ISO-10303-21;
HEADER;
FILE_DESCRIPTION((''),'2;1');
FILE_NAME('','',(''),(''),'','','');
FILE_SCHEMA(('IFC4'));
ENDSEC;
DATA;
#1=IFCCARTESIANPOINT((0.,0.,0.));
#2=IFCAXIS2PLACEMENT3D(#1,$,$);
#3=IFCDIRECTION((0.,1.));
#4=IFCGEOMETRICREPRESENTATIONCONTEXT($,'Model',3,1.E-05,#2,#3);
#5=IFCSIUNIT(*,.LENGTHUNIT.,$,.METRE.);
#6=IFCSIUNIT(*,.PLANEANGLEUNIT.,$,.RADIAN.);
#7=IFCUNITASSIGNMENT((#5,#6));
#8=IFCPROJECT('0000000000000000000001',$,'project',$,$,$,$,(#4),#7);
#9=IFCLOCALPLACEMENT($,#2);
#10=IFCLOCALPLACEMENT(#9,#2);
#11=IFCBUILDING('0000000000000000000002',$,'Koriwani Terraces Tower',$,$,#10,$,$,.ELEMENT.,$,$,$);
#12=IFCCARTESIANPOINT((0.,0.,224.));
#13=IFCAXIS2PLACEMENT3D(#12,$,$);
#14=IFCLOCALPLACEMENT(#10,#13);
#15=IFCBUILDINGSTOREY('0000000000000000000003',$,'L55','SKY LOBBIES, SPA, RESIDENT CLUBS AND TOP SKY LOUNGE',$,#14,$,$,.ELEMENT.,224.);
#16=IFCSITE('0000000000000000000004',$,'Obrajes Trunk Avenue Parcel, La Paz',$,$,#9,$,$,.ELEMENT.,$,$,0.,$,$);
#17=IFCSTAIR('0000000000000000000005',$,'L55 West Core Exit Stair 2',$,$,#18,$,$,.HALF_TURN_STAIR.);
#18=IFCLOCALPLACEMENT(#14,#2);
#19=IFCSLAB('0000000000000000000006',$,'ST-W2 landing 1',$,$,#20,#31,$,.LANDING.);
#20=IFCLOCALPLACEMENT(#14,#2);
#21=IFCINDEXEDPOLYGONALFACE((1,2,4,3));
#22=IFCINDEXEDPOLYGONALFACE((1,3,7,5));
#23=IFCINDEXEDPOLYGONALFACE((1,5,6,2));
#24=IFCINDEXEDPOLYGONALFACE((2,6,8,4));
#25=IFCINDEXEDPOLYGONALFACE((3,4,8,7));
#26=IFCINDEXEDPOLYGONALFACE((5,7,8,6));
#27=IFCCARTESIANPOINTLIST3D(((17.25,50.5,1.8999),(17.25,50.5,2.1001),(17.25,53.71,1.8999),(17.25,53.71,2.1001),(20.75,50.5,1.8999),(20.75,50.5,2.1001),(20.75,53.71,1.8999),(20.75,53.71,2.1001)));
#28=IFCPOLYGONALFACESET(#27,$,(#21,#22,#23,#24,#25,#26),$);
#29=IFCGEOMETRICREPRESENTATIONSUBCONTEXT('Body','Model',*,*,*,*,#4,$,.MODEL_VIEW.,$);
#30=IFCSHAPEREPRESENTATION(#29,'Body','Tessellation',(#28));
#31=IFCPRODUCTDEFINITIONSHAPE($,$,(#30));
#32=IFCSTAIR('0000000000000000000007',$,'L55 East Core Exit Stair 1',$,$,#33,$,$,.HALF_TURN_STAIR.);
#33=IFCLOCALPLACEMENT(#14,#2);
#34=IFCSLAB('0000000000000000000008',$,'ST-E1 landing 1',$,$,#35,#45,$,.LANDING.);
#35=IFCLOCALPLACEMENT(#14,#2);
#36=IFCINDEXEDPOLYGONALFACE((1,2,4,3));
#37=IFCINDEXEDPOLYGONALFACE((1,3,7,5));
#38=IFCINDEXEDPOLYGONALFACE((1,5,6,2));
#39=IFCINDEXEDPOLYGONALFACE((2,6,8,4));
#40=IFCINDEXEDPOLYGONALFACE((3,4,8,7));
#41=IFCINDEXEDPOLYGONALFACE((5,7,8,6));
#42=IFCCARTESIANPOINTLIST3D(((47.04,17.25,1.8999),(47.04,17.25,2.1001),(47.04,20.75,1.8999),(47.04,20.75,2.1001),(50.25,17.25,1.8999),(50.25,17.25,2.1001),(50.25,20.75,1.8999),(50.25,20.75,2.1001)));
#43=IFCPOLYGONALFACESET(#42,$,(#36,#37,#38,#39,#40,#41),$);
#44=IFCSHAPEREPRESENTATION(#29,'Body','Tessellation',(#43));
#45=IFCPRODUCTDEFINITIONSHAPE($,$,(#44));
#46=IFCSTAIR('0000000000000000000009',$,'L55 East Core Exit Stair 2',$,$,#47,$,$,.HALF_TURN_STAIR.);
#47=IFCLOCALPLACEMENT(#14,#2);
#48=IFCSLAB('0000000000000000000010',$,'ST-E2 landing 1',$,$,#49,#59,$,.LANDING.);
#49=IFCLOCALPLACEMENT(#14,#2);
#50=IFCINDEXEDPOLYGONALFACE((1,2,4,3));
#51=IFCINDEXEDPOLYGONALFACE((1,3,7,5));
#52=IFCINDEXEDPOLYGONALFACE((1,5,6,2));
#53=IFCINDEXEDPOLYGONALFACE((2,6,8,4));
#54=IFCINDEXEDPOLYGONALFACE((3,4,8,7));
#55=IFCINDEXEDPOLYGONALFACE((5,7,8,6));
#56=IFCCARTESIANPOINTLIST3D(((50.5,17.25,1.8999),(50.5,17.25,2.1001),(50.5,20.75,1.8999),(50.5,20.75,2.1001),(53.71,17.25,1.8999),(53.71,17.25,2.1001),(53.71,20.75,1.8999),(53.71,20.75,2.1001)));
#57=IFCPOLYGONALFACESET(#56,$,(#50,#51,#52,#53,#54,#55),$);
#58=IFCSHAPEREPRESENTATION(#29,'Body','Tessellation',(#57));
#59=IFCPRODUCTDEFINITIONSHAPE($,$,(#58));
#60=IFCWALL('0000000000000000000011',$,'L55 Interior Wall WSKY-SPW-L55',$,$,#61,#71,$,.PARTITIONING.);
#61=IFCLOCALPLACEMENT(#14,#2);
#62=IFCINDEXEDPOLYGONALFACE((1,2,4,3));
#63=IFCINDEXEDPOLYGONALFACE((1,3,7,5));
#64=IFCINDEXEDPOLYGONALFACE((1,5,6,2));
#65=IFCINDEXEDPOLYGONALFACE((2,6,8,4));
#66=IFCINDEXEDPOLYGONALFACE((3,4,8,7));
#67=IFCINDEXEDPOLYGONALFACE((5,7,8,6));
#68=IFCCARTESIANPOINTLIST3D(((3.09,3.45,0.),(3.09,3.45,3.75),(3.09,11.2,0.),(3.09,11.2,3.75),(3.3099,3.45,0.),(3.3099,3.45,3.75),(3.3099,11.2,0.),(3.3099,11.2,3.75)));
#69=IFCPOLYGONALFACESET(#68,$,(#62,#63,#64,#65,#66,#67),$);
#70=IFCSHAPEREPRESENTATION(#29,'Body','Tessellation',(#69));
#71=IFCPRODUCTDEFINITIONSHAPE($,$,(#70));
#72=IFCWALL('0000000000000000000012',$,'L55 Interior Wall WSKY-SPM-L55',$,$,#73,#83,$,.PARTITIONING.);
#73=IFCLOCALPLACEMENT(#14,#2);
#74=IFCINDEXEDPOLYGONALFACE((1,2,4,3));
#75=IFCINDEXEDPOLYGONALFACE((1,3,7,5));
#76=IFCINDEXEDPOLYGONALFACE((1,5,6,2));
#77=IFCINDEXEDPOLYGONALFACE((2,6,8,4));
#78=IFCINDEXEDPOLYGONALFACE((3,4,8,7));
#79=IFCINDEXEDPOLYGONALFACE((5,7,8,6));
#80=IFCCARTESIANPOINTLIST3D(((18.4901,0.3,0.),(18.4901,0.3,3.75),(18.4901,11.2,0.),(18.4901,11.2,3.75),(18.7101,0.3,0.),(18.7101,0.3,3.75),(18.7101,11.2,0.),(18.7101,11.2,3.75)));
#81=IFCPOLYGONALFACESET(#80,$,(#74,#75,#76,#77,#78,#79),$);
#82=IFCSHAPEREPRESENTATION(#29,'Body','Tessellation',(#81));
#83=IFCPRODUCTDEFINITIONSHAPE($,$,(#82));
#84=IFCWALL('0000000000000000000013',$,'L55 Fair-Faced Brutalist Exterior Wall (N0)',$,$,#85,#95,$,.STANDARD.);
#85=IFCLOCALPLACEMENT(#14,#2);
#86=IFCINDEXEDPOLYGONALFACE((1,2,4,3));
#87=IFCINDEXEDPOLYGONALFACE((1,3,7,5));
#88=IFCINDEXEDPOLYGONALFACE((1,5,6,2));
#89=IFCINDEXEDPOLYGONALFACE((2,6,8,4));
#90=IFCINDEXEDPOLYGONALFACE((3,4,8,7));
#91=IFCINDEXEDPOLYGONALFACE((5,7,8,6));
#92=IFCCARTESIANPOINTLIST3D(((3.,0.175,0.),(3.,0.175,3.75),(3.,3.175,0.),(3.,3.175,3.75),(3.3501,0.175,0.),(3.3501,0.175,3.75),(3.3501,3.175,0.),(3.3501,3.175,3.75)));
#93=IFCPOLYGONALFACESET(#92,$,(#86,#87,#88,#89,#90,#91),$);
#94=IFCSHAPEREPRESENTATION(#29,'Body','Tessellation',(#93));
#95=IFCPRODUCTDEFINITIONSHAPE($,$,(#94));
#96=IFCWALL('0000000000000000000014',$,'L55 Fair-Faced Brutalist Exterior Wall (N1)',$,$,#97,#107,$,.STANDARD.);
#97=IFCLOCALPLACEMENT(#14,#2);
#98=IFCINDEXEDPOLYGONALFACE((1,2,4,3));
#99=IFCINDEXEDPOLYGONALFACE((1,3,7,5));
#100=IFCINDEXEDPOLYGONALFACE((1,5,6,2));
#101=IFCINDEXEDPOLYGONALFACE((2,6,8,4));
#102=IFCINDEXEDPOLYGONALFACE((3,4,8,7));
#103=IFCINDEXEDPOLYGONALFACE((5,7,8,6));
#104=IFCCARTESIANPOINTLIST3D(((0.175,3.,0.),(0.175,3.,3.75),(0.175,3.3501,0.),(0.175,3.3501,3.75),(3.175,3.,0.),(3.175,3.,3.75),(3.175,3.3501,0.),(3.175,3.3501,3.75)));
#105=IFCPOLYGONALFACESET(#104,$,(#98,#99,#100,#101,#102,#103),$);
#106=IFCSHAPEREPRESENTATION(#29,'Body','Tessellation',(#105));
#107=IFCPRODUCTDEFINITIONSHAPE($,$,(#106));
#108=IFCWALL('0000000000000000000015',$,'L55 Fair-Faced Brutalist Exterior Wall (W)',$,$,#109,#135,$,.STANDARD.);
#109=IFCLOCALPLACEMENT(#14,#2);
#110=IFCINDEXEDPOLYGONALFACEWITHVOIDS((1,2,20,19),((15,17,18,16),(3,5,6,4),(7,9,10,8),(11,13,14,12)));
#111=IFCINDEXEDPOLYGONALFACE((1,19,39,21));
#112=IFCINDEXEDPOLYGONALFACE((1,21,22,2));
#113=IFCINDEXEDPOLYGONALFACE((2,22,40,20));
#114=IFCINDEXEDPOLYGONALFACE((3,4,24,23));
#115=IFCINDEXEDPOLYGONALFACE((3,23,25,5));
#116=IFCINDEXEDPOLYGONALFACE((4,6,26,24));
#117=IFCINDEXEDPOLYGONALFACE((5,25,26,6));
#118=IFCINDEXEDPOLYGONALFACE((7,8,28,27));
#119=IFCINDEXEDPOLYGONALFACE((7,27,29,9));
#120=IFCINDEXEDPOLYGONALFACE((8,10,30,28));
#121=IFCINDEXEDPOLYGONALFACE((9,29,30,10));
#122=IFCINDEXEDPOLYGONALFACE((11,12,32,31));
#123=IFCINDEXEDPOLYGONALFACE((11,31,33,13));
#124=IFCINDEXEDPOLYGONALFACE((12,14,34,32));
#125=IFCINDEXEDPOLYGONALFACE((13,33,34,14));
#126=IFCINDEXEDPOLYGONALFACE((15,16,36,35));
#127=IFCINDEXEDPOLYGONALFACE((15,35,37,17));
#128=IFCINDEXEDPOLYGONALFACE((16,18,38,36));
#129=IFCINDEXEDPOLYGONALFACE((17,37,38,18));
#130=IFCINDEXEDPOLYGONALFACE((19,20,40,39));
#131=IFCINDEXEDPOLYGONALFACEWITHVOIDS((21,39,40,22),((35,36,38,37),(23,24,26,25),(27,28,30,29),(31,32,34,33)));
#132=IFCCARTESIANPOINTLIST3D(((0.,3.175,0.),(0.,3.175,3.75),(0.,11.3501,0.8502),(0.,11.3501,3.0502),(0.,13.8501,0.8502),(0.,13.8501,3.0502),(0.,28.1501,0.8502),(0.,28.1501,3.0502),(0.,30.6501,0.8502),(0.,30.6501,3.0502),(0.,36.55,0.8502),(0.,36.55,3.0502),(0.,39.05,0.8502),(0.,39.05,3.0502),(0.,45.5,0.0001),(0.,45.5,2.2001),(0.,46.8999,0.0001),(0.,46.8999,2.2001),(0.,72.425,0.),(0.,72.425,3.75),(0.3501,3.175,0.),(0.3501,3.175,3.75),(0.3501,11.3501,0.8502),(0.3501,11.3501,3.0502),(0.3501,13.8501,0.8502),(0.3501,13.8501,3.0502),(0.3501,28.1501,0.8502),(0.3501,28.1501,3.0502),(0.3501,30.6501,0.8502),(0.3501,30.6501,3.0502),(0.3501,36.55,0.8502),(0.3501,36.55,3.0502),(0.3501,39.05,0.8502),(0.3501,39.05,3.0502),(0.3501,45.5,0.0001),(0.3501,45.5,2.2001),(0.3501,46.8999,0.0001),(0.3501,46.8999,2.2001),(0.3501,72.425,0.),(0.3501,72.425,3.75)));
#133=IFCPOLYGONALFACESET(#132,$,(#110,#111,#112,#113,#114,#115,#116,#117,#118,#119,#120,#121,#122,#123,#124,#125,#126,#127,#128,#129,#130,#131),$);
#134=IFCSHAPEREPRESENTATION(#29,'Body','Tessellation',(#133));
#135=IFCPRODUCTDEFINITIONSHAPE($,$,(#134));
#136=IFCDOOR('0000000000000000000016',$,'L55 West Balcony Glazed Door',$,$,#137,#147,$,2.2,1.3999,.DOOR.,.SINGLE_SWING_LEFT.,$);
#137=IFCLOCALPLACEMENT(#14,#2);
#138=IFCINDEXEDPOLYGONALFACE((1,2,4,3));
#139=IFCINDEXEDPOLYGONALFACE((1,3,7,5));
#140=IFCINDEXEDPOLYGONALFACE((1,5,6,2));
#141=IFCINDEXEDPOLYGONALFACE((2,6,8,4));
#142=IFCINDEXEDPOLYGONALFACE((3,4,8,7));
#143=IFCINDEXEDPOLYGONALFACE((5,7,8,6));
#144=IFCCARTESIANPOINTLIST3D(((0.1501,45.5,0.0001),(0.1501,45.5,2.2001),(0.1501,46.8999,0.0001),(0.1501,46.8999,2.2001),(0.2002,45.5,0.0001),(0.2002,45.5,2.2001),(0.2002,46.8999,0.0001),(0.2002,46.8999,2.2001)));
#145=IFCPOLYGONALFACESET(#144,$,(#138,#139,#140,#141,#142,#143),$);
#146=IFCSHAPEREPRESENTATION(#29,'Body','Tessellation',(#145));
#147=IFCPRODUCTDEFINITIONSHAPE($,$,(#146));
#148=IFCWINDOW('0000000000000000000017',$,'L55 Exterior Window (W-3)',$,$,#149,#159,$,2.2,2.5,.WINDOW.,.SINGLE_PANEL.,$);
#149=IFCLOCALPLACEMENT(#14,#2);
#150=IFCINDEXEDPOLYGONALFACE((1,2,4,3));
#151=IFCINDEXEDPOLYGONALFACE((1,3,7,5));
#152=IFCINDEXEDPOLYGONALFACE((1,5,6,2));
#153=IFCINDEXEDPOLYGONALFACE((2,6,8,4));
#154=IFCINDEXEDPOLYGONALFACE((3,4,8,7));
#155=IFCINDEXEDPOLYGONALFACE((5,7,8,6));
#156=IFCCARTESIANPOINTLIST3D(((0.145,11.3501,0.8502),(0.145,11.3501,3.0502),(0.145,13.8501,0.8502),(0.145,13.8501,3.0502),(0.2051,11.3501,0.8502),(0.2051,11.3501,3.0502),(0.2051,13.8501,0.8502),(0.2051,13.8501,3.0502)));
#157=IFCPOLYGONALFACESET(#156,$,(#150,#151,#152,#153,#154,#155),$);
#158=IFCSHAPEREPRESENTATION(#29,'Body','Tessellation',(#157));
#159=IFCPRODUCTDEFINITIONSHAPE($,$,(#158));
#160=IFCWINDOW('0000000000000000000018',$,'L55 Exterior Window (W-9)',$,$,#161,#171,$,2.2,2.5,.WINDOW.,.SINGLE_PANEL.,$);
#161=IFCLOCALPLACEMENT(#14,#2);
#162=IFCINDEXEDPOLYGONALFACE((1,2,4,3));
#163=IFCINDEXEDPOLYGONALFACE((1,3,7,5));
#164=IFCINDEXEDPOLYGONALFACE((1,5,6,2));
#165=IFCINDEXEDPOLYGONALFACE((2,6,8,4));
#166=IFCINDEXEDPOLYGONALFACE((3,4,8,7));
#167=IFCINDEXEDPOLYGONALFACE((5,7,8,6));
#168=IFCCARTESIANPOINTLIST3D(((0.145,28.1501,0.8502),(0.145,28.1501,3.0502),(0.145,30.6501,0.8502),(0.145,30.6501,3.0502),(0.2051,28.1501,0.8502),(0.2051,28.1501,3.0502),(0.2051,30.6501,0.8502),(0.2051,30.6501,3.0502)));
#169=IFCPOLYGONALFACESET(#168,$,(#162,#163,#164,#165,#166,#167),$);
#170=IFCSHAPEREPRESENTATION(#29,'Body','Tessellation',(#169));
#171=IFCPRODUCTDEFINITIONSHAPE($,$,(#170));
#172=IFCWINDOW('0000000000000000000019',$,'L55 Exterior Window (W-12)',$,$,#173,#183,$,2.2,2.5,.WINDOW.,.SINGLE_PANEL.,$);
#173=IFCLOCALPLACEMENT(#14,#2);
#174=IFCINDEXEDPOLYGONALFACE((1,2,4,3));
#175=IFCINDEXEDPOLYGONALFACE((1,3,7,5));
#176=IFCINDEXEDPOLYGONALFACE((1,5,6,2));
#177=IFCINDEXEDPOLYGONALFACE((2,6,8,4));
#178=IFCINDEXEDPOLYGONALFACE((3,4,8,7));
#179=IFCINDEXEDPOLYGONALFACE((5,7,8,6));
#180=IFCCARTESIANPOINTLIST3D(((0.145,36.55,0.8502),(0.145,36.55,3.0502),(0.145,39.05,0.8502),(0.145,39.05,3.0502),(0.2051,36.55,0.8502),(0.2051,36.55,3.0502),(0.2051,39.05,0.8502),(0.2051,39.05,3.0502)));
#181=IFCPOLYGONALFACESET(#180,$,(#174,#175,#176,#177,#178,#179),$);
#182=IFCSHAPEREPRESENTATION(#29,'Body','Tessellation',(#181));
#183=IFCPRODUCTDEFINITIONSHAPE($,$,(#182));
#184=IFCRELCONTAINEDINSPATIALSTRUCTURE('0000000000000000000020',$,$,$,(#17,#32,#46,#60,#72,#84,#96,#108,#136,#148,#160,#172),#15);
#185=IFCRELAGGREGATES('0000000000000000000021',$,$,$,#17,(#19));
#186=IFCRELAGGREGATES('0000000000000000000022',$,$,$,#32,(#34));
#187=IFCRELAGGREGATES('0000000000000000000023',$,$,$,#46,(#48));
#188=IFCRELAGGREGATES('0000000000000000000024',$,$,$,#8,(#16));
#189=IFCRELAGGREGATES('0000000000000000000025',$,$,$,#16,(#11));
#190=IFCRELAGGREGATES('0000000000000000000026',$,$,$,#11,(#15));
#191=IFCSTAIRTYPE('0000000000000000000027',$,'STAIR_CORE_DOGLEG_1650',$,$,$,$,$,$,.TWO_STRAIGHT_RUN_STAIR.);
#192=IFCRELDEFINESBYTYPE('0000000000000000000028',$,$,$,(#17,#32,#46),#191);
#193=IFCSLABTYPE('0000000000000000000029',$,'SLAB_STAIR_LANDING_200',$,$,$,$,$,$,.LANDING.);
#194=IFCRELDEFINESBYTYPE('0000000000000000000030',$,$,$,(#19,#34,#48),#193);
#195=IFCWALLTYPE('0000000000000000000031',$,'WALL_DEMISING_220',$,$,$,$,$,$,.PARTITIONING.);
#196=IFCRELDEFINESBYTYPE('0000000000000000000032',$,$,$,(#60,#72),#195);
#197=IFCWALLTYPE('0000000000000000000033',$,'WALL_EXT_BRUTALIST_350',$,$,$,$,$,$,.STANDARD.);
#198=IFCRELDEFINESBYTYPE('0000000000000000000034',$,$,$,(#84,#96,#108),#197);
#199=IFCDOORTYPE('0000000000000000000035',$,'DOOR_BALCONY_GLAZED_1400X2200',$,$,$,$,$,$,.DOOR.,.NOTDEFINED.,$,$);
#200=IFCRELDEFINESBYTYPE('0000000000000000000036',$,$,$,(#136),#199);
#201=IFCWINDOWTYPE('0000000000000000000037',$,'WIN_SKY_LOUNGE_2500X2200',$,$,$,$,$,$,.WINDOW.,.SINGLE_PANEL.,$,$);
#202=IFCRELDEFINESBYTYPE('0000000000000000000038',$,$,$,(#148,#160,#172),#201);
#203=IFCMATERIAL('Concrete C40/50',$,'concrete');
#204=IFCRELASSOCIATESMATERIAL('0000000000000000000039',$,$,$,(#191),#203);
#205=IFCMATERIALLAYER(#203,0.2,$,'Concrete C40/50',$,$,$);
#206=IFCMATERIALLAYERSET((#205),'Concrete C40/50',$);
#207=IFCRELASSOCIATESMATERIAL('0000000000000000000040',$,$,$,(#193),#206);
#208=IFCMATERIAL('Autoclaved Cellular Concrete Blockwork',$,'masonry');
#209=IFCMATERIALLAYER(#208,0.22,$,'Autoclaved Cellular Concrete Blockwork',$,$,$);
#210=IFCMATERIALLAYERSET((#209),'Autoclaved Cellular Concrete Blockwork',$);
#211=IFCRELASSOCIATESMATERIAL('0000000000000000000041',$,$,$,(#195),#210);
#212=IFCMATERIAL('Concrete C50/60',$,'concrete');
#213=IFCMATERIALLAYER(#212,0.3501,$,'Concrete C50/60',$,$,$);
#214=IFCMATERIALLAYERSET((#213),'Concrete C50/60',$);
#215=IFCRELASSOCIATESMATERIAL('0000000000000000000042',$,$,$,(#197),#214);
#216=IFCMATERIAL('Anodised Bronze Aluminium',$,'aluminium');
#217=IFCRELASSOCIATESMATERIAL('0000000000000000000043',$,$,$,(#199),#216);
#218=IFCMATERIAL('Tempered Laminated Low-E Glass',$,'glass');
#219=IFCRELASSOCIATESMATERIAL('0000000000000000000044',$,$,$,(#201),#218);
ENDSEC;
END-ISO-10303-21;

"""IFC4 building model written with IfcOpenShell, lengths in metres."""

from ifc_helpers import new_model, si_unit, direction, frame, frame_2d, origin, place, context, subcontext, project, spatial, polyline, rectangle, outline, extrude, material, layer, layer_set, type_object, element, fill, aggregate, save


model = new_model("IFC4")

# Units and contexts
model_context = context("Model", 3, precision=1e-05, world=origin(), true_north=direction((0.0, 1.0)))
body_context = subcontext(model_context, "Body", "Model", "MODEL_VIEW")
ifc_project = project(units=[si_unit("LENGTHUNIT", "METRE"), si_unit("PLANEANGLEUNIT", "RADIAN")], contexts=[model_context])

# Site, building, storey
site_placement = place(None, origin())
site = spatial("IfcSite", under=ifc_project, at=site_placement, Name="Obrajes Trunk Avenue Parcel, La Paz", CompositionType="ELEMENT", RefElevation=0.0)
building_placement = place(site_placement, origin())
building = spatial("IfcBuilding", under=site, at=building_placement, Name="Koriwani Terraces Tower", CompositionType="ELEMENT")
storey_placement = place(building_placement, frame((0.0, 0.0, 224.0)))
storey = spatial("IfcBuildingStorey", under=building, at=storey_placement, Name="L55", Description="SKY LOBBIES, SPA, RESIDENT CLUBS AND TOP SKY LOUNGE", CompositionType="ELEMENT", Elevation=224.0)

# Shared definitions
ifc_material_1 = material(Name="Concrete C50/60", Category="concrete")

# Shared definitions
ifc_material_2 = material(Name="Concrete C40/50", Category="concrete")

# Stairs, slabs
stair_type = type_object("IfcStairType", Name="STAIR_CORE_DOGLEG_1650", PredefinedType="TWO_STRAIGHT_RUN_STAIR", material=ifc_material_2)
ifc_layer_1 = layer(ifc_material_2, 0.2, Name="Concrete C40/50")
ifc_layer_set_1 = layer_set([ifc_layer_1], Name="Concrete C40/50")
slab_type_1 = type_object("IfcSlabType", Name="SLAB_STAIR_LANDING_200", PredefinedType="LANDING", material=ifc_layer_set_1)
stair_1_placement = place(storey_placement, origin())
stair_1 = element("IfcStair", 1, at=stair_1_placement, inside=storey, type_object=stair_type, Name="L55 West Core Exit Stair 2", PredefinedType="HALF_TURN_STAIR")
slab_1_placement = place(storey_placement, frame((0.0, 0.0, 1.8999)))
slab_1 = element("IfcSlab", 2, at=slab_1_placement, type_object=slab_type_1, Name="ST-W2 landing 1", PredefinedType="LANDING", context=body_context, shape_type="SweptSolid", body=[
    extrude(outline(polyline([(17.25, 53.71), (17.25, 50.5), (20.75, 50.5), (20.75, 53.71), (17.25, 53.71)])), origin(), (0.0, 0.0, 1.0), 0.2002),
])
aggregate(stair_1, [slab_1])
stair_2_placement = place(storey_placement, origin())
stair_2 = element("IfcStair", 3, at=stair_2_placement, inside=storey, type_object=stair_type, Name="L55 East Core Exit Stair 1", PredefinedType="HALF_TURN_STAIR")
slab_2_placement = place(storey_placement, frame((0.0, 0.0, 1.8999)))
slab_2 = element("IfcSlab", 4, at=slab_2_placement, type_object=slab_type_1, Name="ST-E1 landing 1", PredefinedType="LANDING", context=body_context, shape_type="SweptSolid", body=[
    extrude(outline(polyline([(47.04, 17.25), (50.25, 17.25), (50.25, 20.75), (47.04, 20.75), (47.04, 17.25)])), origin(), (0.0, 0.0, 1.0), 0.2002),
])
aggregate(stair_2, [slab_2])
stair_3_placement = place(storey_placement, origin())
stair_3 = element("IfcStair", 5, at=stair_3_placement, inside=storey, type_object=stair_type, Name="L55 East Core Exit Stair 2", PredefinedType="HALF_TURN_STAIR")
slab_3_placement = place(storey_placement, frame((0.0, 0.0, 1.8999)))
slab_3 = element("IfcSlab", 6, at=slab_3_placement, type_object=slab_type_1, Name="ST-E2 landing 1", PredefinedType="LANDING", context=body_context, shape_type="SweptSolid", body=[
    extrude(outline(polyline([(53.71, 20.75), (50.5, 20.75), (50.5, 17.25), (53.71, 17.25), (53.71, 20.75)])), origin(), (0.0, 0.0, 1.0), 0.2002),
])
aggregate(stair_3, [slab_3])

# Walls
ifc_material_3 = material(Name="Autoclaved Cellular Concrete Blockwork", Category="masonry")
ifc_layer_2 = layer(ifc_material_3, 0.22, Name="Autoclaved Cellular Concrete Blockwork")
ifc_layer_set_2 = layer_set([ifc_layer_2], Name="Autoclaved Cellular Concrete Blockwork")
wall_type_1 = type_object("IfcWallType", Name="WALL_DEMISING_220", PredefinedType="PARTITIONING", material=ifc_layer_set_2)
wall_1_placement = place(storey_placement, frame((3.2, 3.45, 0.0), z_axis=(0.0, 0.0, 1.0), x_axis=(0.0, 1.0, 0.0)))
element("IfcWall", 7, at=wall_1_placement, inside=storey, type_object=wall_type_1, Name="L55 Interior Wall WSKY-SPW-L55", PredefinedType="PARTITIONING", context=body_context, shape_type="SweptSolid", body=[
    extrude(rectangle(XDim=7.75, YDim=0.22, at=frame_2d((3.875, 0.0))), origin(), (0.0, 0.0, 1.0), 3.75),
])
wall_2_placement = place(storey_placement, frame((18.6001, 0.3, 0.0), z_axis=(0.0, 0.0, 1.0), x_axis=(0.0, 1.0, 0.0)))
element("IfcWall", 8, at=wall_2_placement, inside=storey, type_object=wall_type_1, Name="L55 Interior Wall WSKY-SPM-L55", PredefinedType="PARTITIONING", context=body_context, shape_type="SweptSolid", body=[
    extrude(rectangle(XDim=10.8999, YDim=0.22, at=frame_2d((5.45, 0.0))), origin(), (0.0, 0.0, 1.0), 3.75),
])
ifc_layer_3 = layer(ifc_material_1, 0.3501, Name="Concrete C50/60")
ifc_layer_set_3 = layer_set([ifc_layer_3], Name="Concrete C50/60")
wall_type_2 = type_object("IfcWallType", Name="WALL_EXT_BRUTALIST_350", PredefinedType="STANDARD", material=ifc_layer_set_3)
for number, where, z_axis, x_axis, name in (
    (9, (3.175, 0.175, 0.0), (0.0, 0.0, 1.0), (0.0, 1.0, 0.0), "L55 Fair-Faced Brutalist Exterior Wall (N0)"),
    (10, (3.175, 3.175, 0.0), (0.0, 0.0, 1.0), (-1.0, 0.0, 0.0), "L55 Fair-Faced Brutalist Exterior Wall (N1)"),
):
    element("IfcWall", number, at=place(storey_placement, frame(where, z_axis=z_axis, x_axis=x_axis)), inside=storey, type_object=wall_type_2, Name=name, PredefinedType="STANDARD", context=body_context, shape_type="SweptSolid", body=[
        extrude(rectangle(XDim=3.0, YDim=0.3501, at=frame_2d((1.5, 0.0))), origin(), (0.0, 0.0, 1.0), 3.75),
    ])

# Wall, openings, door, windows
wall_3_placement = place(storey_placement, frame((0.175, 3.175, 0.0), z_axis=(0.0, 0.0, 1.0), x_axis=(0.0, 1.0, 0.0)))
wall_3 = element("IfcWall", 11, at=wall_3_placement, inside=storey, type_object=wall_type_2, Name="L55 Fair-Faced Brutalist Exterior Wall (W)", PredefinedType="STANDARD", context=body_context, shape_type="SweptSolid", body=[
    extrude(rectangle(XDim=69.25, YDim=0.3501, at=frame_2d((34.625, 0.0))), origin(), (0.0, 0.0, 1.0), 3.75),
])
opening_1_placement = place(wall_3_placement, frame((42.325, 0.0, 0.0)))
opening_1 = element("IfcOpeningElement", 12, at=opening_1_placement, cuts=wall_3, PredefinedType="OPENING", context=body_context, shape_type="SweptSolid", body=[
    extrude(rectangle(XDim=1.3999, YDim=2.2, at=frame_2d((0.7, 1.1001))), frame((0.0, 0.1851, 0.0), z_axis=(0.0, -1.0, 0.0), x_axis=(1.0, 0.0, 0.0)), (0.0, 0.0, 1.0), 0.3701),
])
opening_2_placement = place(wall_3_placement, frame((8.175, 0.0, 0.8501)))
opening_2 = element("IfcOpeningElement", 13, at=opening_2_placement, cuts=wall_3, PredefinedType="OPENING", context=body_context, shape_type="SweptSolid", body=[
    extrude(rectangle(XDim=2.5, YDim=2.2, at=frame_2d((1.25, 1.1001))), frame((0.0, 0.1851, 0.0), z_axis=(0.0, -1.0, 0.0), x_axis=(1.0, 0.0, 0.0)), (0.0, 0.0, 1.0), 0.3701),
])
opening_3_placement = place(wall_3_placement, frame((24.9751, 0.0, 0.8501)))
opening_3 = element("IfcOpeningElement", 14, at=opening_3_placement, cuts=wall_3, PredefinedType="OPENING", context=body_context, shape_type="SweptSolid", body=[
    extrude(rectangle(XDim=2.5, YDim=2.2, at=frame_2d((1.25, 1.1001))), frame((0.0, 0.1851, 0.0), z_axis=(0.0, -1.0, 0.0), x_axis=(1.0, 0.0, 0.0)), (0.0, 0.0, 1.0), 0.3701),
])
opening_4_placement = place(wall_3_placement, frame((33.375, 0.0, 0.8501)))
opening_4 = element("IfcOpeningElement", 15, at=opening_4_placement, cuts=wall_3, PredefinedType="OPENING", context=body_context, shape_type="SweptSolid", body=[
    extrude(rectangle(XDim=2.5, YDim=2.2, at=frame_2d((1.25, 1.1001))), frame((0.0, 0.1851, 0.0), z_axis=(0.0, -1.0, 0.0), x_axis=(1.0, 0.0, 0.0)), (0.0, 0.0, 1.0), 0.3701),
])
ifc_material_4 = material(Name="Anodised Bronze Aluminium", Category="aluminium")
door_type = type_object("IfcDoorType", Name="DOOR_BALCONY_GLAZED_1400X2200", OperationType="NOTDEFINED", PredefinedType="DOOR", material=ifc_material_4)
door_placement = place(opening_1_placement, origin())
door = element("IfcDoor", 16, at=door_placement, inside=storey, type_object=door_type, Name="L55 West Balcony Glazed Door", OperationType="SINGLE_SWING_LEFT", OverallHeight=2.2, OverallWidth=1.3999, PredefinedType="DOOR", context=body_context, shape_type="SweptSolid", body=[
    extrude(rectangle(XDim=1.3999, YDim=2.2, at=frame_2d((0.7, 1.1001))), frame((0.0, 0.0249, 0.0), z_axis=(0.0, -1.0, 0.0), x_axis=(1.0, 0.0, 0.0)), (0.0, 0.0, 1.0), 0.05),
])
fill(opening_1, door)
ifc_material_5 = material(Name="Tempered Laminated Low-E Glass", Category="glass")
window_type = type_object("IfcWindowType", Name="WIN_SKY_LOUNGE_2500X2200", PartitioningType="SINGLE_PANEL", PredefinedType="WINDOW", material=ifc_material_5)
window_1_placement = place(opening_2_placement, origin())
window_1 = element("IfcWindow", 17, at=window_1_placement, inside=storey, type_object=window_type, Name="L55 Exterior Window (W-3)", OverallHeight=2.2, OverallWidth=2.5, PartitioningType="SINGLE_PANEL", PredefinedType="WINDOW", context=body_context, shape_type="SweptSolid", body=[
    extrude(rectangle(XDim=2.5, YDim=2.2, at=frame_2d((1.25, 1.1001))), frame((0.0, 0.03, 0.0), z_axis=(0.0, -1.0, 0.0), x_axis=(1.0, 0.0, 0.0)), (0.0, 0.0, 1.0), 0.0601),
])
fill(opening_2, window_1)
window_2_placement = place(opening_3_placement, origin())
window_2 = element("IfcWindow", 18, at=window_2_placement, inside=storey, type_object=window_type, Name="L55 Exterior Window (W-9)", OverallHeight=2.2, OverallWidth=2.5, PartitioningType="SINGLE_PANEL", PredefinedType="WINDOW", context=body_context, shape_type="SweptSolid", body=[
    extrude(rectangle(XDim=2.5, YDim=2.2, at=frame_2d((1.25, 1.1001))), frame((0.0, 0.03, 0.0), z_axis=(0.0, -1.0, 0.0), x_axis=(1.0, 0.0, 0.0)), (0.0, 0.0, 1.0), 0.0601),
])
fill(opening_3, window_2)
window_3_placement = place(opening_4_placement, origin())
window_3 = element("IfcWindow", 19, at=window_3_placement, inside=storey, type_object=window_type, Name="L55 Exterior Window (W-12)", OverallHeight=2.2, OverallWidth=2.5, PartitioningType="SINGLE_PANEL", PredefinedType="WINDOW", context=body_context, shape_type="SweptSolid", body=[
    extrude(rectangle(XDim=2.5, YDim=2.2, at=frame_2d((1.25, 1.1001))), frame((0.0, 0.03, 0.0), z_axis=(0.0, -1.0, 0.0), x_axis=(1.0, 0.0, 0.0)), (0.0, 0.0, 1.0), 0.0601),
])
fill(opening_4, window_3)

save(model, "model.ifc")
